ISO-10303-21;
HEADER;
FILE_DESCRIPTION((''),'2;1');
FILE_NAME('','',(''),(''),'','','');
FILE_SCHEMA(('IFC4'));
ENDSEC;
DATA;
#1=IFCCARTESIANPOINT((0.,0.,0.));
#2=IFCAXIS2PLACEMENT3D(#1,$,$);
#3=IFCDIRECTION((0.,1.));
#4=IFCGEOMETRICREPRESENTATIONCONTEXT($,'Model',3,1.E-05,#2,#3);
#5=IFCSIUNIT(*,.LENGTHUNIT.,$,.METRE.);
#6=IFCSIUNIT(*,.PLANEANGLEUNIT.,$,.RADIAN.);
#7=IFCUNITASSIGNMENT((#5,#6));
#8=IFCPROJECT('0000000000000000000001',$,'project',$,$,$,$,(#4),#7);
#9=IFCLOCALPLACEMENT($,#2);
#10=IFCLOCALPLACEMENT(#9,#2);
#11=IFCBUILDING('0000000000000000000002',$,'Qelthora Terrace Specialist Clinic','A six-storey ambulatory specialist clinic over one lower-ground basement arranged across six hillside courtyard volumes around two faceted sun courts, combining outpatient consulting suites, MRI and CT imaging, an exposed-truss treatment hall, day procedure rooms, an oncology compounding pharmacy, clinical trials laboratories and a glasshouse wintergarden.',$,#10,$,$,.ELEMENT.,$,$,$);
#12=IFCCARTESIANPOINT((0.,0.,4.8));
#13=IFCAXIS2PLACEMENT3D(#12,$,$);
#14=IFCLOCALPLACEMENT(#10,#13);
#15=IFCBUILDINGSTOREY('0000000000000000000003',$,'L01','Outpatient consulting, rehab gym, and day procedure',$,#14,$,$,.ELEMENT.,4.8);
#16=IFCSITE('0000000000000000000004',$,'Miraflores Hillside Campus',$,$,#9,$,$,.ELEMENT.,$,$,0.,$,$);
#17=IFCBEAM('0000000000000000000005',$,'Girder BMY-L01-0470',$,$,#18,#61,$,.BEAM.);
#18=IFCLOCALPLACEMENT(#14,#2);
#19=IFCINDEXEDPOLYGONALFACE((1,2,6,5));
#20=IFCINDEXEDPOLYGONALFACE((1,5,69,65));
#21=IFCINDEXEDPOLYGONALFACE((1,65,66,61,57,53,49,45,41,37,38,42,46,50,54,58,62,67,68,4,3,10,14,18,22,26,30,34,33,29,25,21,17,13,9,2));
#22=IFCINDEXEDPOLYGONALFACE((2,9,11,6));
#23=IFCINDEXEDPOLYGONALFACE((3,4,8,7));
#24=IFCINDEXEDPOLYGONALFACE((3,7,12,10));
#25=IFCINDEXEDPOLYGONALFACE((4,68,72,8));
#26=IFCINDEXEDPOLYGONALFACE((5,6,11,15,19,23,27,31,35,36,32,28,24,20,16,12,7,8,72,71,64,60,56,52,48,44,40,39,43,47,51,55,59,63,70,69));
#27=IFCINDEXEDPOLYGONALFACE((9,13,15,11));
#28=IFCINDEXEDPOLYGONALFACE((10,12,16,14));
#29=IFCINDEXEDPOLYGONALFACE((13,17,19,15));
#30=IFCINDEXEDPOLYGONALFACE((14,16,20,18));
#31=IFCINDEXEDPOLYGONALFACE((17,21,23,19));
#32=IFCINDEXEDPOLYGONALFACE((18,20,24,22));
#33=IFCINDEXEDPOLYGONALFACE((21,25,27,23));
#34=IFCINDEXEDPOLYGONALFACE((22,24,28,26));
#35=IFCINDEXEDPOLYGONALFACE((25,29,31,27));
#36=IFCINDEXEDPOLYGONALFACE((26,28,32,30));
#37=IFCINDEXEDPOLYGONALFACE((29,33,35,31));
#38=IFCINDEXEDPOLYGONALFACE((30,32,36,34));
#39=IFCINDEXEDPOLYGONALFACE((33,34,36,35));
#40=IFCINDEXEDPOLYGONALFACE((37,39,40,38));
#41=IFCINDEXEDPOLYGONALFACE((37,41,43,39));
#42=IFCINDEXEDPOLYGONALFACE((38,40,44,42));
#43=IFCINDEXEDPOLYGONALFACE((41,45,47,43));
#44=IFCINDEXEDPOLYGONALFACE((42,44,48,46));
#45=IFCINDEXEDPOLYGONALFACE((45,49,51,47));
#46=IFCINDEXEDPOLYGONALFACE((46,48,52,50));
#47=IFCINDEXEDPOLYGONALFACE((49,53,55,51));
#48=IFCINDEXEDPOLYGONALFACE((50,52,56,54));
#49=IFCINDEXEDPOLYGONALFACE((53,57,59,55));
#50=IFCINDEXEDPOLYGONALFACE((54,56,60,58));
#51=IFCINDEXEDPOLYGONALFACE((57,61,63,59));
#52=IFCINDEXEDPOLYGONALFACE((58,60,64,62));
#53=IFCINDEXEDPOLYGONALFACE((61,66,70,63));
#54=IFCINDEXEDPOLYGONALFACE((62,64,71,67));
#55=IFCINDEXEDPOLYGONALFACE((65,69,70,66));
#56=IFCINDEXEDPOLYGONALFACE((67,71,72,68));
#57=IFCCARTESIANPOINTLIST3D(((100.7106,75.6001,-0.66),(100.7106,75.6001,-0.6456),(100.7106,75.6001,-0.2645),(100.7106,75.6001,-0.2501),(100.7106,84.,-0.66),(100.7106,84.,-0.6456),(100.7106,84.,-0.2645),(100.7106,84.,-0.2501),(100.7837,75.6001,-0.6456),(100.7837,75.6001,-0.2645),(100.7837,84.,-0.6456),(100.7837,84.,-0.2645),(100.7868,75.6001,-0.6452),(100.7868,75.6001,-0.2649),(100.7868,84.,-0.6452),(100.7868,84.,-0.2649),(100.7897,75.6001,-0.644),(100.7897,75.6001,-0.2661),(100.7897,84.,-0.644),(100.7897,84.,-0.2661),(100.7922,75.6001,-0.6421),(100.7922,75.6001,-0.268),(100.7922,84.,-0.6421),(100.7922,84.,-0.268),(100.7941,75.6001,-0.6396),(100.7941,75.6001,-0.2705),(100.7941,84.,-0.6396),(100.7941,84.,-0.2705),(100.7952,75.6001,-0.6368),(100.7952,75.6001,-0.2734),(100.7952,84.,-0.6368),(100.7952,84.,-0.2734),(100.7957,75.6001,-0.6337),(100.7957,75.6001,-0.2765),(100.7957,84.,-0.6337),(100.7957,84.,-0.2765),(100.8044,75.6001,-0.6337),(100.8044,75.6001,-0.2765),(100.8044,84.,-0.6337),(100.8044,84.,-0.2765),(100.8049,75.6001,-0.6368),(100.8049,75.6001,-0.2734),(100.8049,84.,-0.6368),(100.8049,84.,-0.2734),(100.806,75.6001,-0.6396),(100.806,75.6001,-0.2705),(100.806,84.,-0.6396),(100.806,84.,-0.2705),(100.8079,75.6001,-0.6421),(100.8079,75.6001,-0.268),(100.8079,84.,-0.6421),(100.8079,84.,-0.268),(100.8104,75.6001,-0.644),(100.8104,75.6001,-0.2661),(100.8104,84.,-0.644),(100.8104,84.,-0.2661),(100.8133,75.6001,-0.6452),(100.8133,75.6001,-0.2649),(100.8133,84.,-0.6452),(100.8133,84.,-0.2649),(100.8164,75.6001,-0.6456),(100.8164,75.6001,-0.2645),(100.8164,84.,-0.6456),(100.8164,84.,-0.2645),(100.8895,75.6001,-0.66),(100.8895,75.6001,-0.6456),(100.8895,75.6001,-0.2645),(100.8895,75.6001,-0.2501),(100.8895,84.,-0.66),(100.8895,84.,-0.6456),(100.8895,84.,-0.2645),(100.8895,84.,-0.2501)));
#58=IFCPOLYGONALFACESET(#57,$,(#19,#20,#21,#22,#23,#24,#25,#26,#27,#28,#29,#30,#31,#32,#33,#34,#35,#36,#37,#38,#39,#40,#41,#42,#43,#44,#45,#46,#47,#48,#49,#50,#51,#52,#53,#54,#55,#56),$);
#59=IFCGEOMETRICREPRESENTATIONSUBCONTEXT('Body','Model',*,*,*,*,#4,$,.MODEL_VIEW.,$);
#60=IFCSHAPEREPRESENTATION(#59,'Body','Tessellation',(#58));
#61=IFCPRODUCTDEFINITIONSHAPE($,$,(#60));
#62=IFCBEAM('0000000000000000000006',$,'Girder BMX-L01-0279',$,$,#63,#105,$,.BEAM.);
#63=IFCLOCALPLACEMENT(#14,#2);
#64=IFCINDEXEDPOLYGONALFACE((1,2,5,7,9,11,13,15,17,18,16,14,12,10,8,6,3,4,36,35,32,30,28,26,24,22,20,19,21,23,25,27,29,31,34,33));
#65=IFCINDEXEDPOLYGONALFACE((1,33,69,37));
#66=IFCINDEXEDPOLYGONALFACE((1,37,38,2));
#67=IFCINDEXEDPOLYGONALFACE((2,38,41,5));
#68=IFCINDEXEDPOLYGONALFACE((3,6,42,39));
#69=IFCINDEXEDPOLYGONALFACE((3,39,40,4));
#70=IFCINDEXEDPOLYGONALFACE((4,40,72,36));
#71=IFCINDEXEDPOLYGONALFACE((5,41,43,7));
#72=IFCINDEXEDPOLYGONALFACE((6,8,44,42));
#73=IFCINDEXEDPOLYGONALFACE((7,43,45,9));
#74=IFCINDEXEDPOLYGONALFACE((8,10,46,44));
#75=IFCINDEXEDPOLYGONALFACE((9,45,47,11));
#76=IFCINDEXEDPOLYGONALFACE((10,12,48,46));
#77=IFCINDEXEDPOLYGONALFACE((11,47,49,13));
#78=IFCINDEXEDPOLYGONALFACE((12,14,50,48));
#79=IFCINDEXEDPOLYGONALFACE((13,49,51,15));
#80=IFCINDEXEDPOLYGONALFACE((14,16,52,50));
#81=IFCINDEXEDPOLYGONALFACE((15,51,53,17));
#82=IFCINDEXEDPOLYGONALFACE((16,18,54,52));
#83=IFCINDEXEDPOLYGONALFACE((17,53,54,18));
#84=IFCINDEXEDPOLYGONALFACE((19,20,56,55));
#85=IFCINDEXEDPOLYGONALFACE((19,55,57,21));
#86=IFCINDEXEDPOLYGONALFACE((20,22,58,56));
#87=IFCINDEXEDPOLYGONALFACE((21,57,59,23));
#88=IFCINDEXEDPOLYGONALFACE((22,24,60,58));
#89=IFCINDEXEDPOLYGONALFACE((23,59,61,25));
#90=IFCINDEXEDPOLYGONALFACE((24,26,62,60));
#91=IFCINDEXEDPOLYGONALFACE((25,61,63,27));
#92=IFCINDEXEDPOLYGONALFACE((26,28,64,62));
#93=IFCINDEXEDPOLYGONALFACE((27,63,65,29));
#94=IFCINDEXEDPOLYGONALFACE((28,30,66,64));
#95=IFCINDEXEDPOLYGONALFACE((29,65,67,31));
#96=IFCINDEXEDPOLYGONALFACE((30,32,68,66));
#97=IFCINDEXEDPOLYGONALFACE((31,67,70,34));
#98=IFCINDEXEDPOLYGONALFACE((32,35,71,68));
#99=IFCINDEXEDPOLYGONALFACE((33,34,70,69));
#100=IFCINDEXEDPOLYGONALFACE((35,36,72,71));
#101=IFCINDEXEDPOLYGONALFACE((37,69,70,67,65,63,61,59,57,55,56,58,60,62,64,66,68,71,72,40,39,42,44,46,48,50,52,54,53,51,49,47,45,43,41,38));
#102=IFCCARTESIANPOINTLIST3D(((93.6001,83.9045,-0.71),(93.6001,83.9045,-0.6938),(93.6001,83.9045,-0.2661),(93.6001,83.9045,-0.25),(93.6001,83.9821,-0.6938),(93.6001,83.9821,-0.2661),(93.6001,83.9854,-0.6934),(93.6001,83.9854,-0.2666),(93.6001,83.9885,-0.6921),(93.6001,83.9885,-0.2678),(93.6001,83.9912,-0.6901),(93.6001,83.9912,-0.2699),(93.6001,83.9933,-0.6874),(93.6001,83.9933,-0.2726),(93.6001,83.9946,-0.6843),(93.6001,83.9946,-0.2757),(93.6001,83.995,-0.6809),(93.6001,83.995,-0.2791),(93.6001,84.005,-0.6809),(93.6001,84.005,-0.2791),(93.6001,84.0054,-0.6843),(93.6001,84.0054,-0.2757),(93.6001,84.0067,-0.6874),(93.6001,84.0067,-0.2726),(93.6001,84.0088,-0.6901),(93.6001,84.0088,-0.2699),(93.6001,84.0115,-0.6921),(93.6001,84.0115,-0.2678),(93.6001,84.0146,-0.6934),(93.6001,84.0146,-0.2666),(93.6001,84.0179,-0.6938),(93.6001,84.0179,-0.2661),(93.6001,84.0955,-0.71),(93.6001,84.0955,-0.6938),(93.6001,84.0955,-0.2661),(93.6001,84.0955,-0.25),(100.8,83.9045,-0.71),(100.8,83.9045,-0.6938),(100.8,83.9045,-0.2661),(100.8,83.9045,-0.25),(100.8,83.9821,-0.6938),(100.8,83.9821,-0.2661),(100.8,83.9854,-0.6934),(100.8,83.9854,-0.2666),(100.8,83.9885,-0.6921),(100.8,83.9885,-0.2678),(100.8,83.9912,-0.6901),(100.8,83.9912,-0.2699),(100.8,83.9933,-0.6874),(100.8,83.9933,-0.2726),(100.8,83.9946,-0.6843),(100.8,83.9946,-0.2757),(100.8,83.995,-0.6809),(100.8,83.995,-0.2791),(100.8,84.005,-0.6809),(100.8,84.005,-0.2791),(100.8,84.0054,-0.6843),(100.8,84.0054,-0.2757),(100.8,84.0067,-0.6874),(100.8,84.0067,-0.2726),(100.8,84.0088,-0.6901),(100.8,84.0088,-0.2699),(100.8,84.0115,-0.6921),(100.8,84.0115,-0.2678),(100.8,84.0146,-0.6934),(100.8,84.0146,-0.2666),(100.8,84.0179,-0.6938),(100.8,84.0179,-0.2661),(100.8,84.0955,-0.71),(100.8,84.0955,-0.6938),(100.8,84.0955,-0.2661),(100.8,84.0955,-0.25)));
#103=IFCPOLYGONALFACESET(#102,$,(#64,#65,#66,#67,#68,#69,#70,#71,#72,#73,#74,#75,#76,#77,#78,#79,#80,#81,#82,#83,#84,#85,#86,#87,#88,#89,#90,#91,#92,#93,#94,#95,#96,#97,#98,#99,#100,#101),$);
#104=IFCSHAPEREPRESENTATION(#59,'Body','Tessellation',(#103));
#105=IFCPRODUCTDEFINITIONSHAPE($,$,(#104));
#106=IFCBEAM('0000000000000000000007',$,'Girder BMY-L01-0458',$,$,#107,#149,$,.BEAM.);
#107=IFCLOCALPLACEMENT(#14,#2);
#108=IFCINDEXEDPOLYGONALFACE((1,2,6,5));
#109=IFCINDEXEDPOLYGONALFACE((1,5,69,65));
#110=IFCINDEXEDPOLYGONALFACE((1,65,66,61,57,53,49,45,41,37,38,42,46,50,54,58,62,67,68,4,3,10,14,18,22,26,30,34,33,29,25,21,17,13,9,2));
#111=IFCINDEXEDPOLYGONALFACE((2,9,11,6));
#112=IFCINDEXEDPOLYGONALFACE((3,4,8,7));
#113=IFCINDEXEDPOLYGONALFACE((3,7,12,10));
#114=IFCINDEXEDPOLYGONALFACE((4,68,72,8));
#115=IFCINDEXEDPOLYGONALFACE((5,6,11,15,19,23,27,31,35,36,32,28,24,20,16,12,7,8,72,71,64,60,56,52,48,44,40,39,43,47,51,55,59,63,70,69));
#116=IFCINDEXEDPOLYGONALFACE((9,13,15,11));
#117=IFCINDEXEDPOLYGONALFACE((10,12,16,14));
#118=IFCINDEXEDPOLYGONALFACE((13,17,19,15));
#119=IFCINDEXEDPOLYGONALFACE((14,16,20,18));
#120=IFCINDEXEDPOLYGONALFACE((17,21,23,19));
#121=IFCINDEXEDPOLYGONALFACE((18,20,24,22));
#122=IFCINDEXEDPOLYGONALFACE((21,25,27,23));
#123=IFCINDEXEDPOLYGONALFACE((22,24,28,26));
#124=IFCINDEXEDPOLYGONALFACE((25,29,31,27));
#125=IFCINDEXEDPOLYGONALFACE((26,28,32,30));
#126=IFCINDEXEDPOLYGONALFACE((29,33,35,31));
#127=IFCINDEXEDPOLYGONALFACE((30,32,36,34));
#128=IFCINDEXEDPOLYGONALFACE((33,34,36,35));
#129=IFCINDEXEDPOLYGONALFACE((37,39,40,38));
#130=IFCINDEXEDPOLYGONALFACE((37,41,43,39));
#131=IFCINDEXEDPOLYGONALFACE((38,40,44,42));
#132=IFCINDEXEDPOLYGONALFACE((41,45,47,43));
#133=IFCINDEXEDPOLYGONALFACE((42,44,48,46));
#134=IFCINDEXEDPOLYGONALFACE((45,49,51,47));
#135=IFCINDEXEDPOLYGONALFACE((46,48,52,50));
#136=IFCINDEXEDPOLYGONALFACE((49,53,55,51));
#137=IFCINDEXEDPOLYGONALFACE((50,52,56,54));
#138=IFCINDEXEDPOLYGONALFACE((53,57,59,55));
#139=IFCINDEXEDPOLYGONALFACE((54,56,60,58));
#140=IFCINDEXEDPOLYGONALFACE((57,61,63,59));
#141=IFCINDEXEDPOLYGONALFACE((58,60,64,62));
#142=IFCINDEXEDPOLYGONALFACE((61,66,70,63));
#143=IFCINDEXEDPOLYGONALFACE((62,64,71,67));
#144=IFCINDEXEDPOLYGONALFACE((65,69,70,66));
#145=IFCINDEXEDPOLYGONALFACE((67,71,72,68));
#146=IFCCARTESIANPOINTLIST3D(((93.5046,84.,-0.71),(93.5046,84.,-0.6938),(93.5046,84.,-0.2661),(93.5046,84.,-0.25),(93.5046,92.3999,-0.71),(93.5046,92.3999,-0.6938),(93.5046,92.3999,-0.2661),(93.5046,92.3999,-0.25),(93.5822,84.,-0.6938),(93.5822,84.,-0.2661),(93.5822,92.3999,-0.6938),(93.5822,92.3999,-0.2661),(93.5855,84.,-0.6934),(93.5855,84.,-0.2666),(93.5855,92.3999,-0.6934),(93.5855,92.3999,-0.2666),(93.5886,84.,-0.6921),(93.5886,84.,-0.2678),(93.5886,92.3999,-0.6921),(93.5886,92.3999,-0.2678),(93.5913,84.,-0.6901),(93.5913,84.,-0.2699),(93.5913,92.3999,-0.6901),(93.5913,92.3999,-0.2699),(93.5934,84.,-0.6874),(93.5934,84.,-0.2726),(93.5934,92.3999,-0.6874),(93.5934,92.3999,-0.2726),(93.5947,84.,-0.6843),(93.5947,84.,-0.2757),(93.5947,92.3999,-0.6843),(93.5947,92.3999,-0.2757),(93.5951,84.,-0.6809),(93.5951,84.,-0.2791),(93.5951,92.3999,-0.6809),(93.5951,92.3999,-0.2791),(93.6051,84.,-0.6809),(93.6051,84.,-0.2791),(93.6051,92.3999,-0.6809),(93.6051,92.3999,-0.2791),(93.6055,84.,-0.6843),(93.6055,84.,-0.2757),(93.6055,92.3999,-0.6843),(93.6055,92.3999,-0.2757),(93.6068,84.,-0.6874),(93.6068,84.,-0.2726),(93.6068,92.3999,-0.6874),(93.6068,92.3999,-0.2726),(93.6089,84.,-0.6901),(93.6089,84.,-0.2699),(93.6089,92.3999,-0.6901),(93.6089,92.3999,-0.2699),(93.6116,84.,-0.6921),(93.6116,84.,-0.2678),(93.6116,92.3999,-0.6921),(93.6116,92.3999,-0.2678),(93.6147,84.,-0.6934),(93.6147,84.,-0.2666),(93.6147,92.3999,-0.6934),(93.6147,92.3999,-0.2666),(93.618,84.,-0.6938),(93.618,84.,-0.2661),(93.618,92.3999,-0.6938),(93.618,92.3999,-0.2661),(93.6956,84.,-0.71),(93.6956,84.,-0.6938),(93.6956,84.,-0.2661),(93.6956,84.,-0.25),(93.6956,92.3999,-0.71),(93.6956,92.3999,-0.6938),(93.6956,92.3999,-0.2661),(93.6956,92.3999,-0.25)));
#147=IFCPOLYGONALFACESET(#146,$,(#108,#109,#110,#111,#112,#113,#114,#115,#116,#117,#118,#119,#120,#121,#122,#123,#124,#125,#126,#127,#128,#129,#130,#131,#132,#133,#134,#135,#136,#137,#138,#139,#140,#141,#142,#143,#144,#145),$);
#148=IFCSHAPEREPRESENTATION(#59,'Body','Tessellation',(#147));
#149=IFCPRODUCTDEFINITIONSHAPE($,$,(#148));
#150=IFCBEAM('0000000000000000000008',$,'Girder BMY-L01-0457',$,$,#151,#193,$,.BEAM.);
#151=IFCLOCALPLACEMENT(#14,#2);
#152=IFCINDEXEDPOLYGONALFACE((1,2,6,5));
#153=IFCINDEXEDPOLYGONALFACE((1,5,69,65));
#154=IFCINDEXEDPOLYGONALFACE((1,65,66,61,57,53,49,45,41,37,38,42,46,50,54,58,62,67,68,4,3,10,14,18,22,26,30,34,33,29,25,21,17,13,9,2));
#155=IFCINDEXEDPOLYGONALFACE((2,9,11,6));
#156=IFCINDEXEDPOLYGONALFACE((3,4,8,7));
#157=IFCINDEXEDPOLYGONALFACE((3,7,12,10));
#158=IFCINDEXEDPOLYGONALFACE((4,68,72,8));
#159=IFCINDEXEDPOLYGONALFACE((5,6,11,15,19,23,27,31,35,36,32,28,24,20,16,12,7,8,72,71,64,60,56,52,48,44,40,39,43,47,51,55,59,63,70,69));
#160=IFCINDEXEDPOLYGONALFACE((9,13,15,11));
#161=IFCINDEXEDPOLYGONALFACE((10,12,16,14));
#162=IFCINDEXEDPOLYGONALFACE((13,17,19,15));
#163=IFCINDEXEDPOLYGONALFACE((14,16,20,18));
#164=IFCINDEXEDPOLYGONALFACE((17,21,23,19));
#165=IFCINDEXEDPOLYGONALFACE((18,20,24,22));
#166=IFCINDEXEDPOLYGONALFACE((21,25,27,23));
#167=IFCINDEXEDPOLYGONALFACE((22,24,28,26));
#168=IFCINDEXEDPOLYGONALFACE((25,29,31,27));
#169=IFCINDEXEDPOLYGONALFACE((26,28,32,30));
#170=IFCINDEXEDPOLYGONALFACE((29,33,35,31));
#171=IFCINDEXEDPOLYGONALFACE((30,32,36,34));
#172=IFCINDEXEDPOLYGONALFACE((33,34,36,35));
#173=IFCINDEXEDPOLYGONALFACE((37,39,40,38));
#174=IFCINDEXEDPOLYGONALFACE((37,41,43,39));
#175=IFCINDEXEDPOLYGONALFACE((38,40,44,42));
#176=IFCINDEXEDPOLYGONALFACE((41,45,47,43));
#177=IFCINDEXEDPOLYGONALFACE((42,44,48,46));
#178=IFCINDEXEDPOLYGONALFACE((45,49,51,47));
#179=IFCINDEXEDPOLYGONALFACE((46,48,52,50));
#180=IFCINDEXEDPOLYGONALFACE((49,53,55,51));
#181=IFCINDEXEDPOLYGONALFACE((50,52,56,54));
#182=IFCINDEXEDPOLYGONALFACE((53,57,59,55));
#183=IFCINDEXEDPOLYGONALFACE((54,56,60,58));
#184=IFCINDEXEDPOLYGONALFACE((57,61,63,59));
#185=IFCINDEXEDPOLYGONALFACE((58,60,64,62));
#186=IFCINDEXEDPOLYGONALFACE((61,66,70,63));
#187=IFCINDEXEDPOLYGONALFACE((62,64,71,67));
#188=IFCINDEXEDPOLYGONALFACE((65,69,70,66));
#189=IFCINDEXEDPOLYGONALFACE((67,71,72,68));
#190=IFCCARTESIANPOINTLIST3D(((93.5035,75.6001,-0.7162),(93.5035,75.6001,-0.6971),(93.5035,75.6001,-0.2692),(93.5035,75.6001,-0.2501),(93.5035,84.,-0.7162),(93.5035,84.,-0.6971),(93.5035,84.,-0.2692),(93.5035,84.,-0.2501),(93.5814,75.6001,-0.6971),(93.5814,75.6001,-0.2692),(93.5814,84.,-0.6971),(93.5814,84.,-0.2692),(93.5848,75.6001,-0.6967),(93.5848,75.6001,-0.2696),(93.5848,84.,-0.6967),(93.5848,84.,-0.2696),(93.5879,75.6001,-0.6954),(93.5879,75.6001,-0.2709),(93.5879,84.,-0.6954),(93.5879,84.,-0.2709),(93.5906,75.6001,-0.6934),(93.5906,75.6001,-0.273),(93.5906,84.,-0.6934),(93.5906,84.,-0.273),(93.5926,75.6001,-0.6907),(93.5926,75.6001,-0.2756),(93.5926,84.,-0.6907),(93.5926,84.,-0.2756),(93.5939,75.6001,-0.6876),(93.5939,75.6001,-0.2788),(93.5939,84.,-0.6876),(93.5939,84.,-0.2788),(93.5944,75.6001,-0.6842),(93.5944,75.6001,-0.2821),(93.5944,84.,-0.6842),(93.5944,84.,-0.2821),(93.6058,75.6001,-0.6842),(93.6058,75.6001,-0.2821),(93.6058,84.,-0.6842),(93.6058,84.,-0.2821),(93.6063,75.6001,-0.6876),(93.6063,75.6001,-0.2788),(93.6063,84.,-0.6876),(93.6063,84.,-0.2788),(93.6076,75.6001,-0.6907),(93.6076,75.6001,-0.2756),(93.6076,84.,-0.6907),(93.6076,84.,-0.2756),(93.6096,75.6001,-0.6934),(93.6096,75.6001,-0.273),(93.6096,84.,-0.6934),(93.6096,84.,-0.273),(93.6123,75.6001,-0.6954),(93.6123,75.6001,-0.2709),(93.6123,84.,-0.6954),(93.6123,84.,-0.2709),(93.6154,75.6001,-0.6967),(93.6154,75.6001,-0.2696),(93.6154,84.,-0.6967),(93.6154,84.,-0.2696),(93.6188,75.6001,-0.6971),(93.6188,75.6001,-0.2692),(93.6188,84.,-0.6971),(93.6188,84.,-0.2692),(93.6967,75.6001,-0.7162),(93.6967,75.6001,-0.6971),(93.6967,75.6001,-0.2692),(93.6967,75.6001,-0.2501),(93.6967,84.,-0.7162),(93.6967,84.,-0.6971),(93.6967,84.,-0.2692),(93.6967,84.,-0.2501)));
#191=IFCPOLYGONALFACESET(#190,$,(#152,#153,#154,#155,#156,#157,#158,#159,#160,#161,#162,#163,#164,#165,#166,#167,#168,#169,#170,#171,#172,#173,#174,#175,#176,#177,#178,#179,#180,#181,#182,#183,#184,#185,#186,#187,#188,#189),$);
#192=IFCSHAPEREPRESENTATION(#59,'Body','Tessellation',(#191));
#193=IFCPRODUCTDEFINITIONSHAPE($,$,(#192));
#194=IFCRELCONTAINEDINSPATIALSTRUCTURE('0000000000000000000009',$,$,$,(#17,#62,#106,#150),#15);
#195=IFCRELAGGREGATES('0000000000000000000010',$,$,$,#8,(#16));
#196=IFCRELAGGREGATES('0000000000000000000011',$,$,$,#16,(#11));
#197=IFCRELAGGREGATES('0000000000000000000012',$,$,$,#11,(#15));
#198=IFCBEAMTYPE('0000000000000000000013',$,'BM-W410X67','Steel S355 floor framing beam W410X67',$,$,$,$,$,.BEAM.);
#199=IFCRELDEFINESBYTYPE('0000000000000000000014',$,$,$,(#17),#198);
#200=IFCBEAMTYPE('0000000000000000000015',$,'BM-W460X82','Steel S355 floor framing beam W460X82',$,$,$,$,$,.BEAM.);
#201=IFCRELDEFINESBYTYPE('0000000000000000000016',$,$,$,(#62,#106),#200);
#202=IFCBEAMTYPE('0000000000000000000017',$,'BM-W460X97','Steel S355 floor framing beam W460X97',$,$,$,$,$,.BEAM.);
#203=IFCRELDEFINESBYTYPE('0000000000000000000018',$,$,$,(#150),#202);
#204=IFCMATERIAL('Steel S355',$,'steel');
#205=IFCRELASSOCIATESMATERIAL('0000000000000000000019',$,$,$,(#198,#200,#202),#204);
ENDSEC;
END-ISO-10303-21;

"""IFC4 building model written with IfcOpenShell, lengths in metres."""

from ifc_helpers import new_model, si_unit, direction, frame, origin, origin_2d, place, context, subcontext, project, spatial, i_section, extrude, material, material_profile, profile_set, type_object, element, save


model = new_model("IFC4")

# Units and contexts
model_context = context("Model", 3, precision=1e-05, world=origin(), true_north=direction((0.0, 1.0)))
body_context = subcontext(model_context, "Body", "Model", "MODEL_VIEW")
ifc_project = project(units=[si_unit("LENGTHUNIT", "METRE"), si_unit("PLANEANGLEUNIT", "RADIAN")], contexts=[model_context])

# Site, building, storey
site_placement = place(None, origin())
site = spatial("IfcSite", under=ifc_project, at=site_placement, Name="Miraflores Hillside Campus", CompositionType="ELEMENT", RefElevation=0.0)
building_placement = place(site_placement, origin())
building = spatial("IfcBuilding", under=site, at=building_placement, Name="Qelthora Terrace Specialist Clinic", Description="A six-storey ambulatory specialist clinic over one lower-ground basement arranged across six hillside courtyard volumes around two faceted sun courts, combining outpatient consulting suites, MRI and CT imaging, an exposed-truss treatment hall, day procedure rooms, an oncology compounding pharmacy, clinical trials laboratories and a glasshouse wintergarden.", CompositionType="ELEMENT")
storey_placement = place(building_placement, frame((0.0, 0.0, 4.8)))
storey = spatial("IfcBuildingStorey", under=building, at=storey_placement, Name="L01", Description="Outpatient consulting, rehab gym, and day procedure", CompositionType="ELEMENT", Elevation=4.8)

# Shared definitions
ifc_material_1 = material(Name="Steel S355", Category="steel")

# Beams
ifc_material_profile_1 = material_profile(ifc_material_1, i_section(OverallWidth=0.179, OverallDepth=0.4099, WebThickness=0.0088, FlangeThickness=0.0144, FilletRadius=0.012, at=origin_2d()), Name="W410X67")
ifc_profile_set_1 = profile_set([ifc_material_profile_1], Name="Steel S355")
beam_type_1 = type_object("IfcBeamType", Name="BM-W410X67", Description="Steel S355 floor framing beam W410X67", PredefinedType="BEAM", material=ifc_profile_set_1)
beam_1_placement = place(storey_placement, frame((100.8, 75.6001, -0.4551), z_axis=(0.0, 1.0, 0.0), x_axis=(-1.0, 0.0, 0.0)))
element("IfcBeam", 1, at=beam_1_placement, inside=storey, type_object=beam_type_1, Name="Girder BMY-L01-0470", PredefinedType="BEAM", context=body_context, shape_type="SweptSolid", body=[
    extrude(i_section(OverallWidth=0.179, OverallDepth=0.4099, WebThickness=0.0088, FlangeThickness=0.0144, FilletRadius=0.012, at=origin_2d()), origin(), (0.0, 0.0, 1.0), 8.3999),
])
ifc_material_profile_2 = material_profile(ifc_material_1, i_section(OverallWidth=0.1909, OverallDepth=0.46, WebThickness=0.01, FlangeThickness=0.0161, FilletRadius=0.0129, at=origin_2d()), Name="W460X82")
ifc_profile_set_2 = profile_set([ifc_material_profile_2], Name="Steel S355")
beam_type_2 = type_object("IfcBeamType", Name="BM-W460X82", Description="Steel S355 floor framing beam W460X82", PredefinedType="BEAM", material=ifc_profile_set_2)
beam_2_placement = place(storey_placement, frame((93.6001, 84.0, -0.48), z_axis=(1.0, 0.0, 0.0), x_axis=(0.0, 1.0, 0.0)))
element("IfcBeam", 2, at=beam_2_placement, inside=storey, type_object=beam_type_2, Name="Girder BMX-L01-0279", PredefinedType="BEAM", context=body_context, shape_type="SweptSolid", body=[
    extrude(i_section(OverallWidth=0.1909, OverallDepth=0.46, WebThickness=0.01, FlangeThickness=0.0161, FilletRadius=0.0129, at=origin_2d()), origin(), (0.0, 0.0, 1.0), 7.2),
])
beam_3_placement = place(storey_placement, frame((93.6001, 84.0, -0.48), z_axis=(0.0, 1.0, 0.0), x_axis=(-1.0, 0.0, 0.0)))
element("IfcBeam", 3, at=beam_3_placement, inside=storey, type_object=beam_type_2, Name="Girder BMY-L01-0458", PredefinedType="BEAM", context=body_context, shape_type="SweptSolid", body=[
    extrude(i_section(OverallWidth=0.1909, OverallDepth=0.46, WebThickness=0.01, FlangeThickness=0.0161, FilletRadius=0.0129, at=origin_2d()), origin(), (0.0, 0.0, 1.0), 8.3999),
])
ifc_material_profile_3 = material_profile(ifc_material_1, i_section(OverallWidth=0.1931, OverallDepth=0.4661, WebThickness=0.0115, FlangeThickness=0.019, FilletRadius=0.0129, at=origin_2d()), Name="W460X97")
ifc_profile_set_3 = profile_set([ifc_material_profile_3], Name="Steel S355")
beam_type_3 = type_object("IfcBeamType", Name="BM-W460X97", Description="Steel S355 floor framing beam W460X97", PredefinedType="BEAM", material=ifc_profile_set_3)
beam_4_placement = place(storey_placement, frame((93.6001, 75.6001, -0.4832), z_axis=(0.0, 1.0, 0.0), x_axis=(-1.0, 0.0, 0.0)))
element("IfcBeam", 4, at=beam_4_placement, inside=storey, type_object=beam_type_3, Name="Girder BMY-L01-0457", PredefinedType="BEAM", context=body_context, shape_type="SweptSolid", body=[
    extrude(i_section(OverallWidth=0.1931, OverallDepth=0.4661, WebThickness=0.0115, FlangeThickness=0.019, FilletRadius=0.0129, at=origin_2d()), origin(), (0.0, 0.0, 1.0), 8.3999),
])

save(model, "model.ifc")
